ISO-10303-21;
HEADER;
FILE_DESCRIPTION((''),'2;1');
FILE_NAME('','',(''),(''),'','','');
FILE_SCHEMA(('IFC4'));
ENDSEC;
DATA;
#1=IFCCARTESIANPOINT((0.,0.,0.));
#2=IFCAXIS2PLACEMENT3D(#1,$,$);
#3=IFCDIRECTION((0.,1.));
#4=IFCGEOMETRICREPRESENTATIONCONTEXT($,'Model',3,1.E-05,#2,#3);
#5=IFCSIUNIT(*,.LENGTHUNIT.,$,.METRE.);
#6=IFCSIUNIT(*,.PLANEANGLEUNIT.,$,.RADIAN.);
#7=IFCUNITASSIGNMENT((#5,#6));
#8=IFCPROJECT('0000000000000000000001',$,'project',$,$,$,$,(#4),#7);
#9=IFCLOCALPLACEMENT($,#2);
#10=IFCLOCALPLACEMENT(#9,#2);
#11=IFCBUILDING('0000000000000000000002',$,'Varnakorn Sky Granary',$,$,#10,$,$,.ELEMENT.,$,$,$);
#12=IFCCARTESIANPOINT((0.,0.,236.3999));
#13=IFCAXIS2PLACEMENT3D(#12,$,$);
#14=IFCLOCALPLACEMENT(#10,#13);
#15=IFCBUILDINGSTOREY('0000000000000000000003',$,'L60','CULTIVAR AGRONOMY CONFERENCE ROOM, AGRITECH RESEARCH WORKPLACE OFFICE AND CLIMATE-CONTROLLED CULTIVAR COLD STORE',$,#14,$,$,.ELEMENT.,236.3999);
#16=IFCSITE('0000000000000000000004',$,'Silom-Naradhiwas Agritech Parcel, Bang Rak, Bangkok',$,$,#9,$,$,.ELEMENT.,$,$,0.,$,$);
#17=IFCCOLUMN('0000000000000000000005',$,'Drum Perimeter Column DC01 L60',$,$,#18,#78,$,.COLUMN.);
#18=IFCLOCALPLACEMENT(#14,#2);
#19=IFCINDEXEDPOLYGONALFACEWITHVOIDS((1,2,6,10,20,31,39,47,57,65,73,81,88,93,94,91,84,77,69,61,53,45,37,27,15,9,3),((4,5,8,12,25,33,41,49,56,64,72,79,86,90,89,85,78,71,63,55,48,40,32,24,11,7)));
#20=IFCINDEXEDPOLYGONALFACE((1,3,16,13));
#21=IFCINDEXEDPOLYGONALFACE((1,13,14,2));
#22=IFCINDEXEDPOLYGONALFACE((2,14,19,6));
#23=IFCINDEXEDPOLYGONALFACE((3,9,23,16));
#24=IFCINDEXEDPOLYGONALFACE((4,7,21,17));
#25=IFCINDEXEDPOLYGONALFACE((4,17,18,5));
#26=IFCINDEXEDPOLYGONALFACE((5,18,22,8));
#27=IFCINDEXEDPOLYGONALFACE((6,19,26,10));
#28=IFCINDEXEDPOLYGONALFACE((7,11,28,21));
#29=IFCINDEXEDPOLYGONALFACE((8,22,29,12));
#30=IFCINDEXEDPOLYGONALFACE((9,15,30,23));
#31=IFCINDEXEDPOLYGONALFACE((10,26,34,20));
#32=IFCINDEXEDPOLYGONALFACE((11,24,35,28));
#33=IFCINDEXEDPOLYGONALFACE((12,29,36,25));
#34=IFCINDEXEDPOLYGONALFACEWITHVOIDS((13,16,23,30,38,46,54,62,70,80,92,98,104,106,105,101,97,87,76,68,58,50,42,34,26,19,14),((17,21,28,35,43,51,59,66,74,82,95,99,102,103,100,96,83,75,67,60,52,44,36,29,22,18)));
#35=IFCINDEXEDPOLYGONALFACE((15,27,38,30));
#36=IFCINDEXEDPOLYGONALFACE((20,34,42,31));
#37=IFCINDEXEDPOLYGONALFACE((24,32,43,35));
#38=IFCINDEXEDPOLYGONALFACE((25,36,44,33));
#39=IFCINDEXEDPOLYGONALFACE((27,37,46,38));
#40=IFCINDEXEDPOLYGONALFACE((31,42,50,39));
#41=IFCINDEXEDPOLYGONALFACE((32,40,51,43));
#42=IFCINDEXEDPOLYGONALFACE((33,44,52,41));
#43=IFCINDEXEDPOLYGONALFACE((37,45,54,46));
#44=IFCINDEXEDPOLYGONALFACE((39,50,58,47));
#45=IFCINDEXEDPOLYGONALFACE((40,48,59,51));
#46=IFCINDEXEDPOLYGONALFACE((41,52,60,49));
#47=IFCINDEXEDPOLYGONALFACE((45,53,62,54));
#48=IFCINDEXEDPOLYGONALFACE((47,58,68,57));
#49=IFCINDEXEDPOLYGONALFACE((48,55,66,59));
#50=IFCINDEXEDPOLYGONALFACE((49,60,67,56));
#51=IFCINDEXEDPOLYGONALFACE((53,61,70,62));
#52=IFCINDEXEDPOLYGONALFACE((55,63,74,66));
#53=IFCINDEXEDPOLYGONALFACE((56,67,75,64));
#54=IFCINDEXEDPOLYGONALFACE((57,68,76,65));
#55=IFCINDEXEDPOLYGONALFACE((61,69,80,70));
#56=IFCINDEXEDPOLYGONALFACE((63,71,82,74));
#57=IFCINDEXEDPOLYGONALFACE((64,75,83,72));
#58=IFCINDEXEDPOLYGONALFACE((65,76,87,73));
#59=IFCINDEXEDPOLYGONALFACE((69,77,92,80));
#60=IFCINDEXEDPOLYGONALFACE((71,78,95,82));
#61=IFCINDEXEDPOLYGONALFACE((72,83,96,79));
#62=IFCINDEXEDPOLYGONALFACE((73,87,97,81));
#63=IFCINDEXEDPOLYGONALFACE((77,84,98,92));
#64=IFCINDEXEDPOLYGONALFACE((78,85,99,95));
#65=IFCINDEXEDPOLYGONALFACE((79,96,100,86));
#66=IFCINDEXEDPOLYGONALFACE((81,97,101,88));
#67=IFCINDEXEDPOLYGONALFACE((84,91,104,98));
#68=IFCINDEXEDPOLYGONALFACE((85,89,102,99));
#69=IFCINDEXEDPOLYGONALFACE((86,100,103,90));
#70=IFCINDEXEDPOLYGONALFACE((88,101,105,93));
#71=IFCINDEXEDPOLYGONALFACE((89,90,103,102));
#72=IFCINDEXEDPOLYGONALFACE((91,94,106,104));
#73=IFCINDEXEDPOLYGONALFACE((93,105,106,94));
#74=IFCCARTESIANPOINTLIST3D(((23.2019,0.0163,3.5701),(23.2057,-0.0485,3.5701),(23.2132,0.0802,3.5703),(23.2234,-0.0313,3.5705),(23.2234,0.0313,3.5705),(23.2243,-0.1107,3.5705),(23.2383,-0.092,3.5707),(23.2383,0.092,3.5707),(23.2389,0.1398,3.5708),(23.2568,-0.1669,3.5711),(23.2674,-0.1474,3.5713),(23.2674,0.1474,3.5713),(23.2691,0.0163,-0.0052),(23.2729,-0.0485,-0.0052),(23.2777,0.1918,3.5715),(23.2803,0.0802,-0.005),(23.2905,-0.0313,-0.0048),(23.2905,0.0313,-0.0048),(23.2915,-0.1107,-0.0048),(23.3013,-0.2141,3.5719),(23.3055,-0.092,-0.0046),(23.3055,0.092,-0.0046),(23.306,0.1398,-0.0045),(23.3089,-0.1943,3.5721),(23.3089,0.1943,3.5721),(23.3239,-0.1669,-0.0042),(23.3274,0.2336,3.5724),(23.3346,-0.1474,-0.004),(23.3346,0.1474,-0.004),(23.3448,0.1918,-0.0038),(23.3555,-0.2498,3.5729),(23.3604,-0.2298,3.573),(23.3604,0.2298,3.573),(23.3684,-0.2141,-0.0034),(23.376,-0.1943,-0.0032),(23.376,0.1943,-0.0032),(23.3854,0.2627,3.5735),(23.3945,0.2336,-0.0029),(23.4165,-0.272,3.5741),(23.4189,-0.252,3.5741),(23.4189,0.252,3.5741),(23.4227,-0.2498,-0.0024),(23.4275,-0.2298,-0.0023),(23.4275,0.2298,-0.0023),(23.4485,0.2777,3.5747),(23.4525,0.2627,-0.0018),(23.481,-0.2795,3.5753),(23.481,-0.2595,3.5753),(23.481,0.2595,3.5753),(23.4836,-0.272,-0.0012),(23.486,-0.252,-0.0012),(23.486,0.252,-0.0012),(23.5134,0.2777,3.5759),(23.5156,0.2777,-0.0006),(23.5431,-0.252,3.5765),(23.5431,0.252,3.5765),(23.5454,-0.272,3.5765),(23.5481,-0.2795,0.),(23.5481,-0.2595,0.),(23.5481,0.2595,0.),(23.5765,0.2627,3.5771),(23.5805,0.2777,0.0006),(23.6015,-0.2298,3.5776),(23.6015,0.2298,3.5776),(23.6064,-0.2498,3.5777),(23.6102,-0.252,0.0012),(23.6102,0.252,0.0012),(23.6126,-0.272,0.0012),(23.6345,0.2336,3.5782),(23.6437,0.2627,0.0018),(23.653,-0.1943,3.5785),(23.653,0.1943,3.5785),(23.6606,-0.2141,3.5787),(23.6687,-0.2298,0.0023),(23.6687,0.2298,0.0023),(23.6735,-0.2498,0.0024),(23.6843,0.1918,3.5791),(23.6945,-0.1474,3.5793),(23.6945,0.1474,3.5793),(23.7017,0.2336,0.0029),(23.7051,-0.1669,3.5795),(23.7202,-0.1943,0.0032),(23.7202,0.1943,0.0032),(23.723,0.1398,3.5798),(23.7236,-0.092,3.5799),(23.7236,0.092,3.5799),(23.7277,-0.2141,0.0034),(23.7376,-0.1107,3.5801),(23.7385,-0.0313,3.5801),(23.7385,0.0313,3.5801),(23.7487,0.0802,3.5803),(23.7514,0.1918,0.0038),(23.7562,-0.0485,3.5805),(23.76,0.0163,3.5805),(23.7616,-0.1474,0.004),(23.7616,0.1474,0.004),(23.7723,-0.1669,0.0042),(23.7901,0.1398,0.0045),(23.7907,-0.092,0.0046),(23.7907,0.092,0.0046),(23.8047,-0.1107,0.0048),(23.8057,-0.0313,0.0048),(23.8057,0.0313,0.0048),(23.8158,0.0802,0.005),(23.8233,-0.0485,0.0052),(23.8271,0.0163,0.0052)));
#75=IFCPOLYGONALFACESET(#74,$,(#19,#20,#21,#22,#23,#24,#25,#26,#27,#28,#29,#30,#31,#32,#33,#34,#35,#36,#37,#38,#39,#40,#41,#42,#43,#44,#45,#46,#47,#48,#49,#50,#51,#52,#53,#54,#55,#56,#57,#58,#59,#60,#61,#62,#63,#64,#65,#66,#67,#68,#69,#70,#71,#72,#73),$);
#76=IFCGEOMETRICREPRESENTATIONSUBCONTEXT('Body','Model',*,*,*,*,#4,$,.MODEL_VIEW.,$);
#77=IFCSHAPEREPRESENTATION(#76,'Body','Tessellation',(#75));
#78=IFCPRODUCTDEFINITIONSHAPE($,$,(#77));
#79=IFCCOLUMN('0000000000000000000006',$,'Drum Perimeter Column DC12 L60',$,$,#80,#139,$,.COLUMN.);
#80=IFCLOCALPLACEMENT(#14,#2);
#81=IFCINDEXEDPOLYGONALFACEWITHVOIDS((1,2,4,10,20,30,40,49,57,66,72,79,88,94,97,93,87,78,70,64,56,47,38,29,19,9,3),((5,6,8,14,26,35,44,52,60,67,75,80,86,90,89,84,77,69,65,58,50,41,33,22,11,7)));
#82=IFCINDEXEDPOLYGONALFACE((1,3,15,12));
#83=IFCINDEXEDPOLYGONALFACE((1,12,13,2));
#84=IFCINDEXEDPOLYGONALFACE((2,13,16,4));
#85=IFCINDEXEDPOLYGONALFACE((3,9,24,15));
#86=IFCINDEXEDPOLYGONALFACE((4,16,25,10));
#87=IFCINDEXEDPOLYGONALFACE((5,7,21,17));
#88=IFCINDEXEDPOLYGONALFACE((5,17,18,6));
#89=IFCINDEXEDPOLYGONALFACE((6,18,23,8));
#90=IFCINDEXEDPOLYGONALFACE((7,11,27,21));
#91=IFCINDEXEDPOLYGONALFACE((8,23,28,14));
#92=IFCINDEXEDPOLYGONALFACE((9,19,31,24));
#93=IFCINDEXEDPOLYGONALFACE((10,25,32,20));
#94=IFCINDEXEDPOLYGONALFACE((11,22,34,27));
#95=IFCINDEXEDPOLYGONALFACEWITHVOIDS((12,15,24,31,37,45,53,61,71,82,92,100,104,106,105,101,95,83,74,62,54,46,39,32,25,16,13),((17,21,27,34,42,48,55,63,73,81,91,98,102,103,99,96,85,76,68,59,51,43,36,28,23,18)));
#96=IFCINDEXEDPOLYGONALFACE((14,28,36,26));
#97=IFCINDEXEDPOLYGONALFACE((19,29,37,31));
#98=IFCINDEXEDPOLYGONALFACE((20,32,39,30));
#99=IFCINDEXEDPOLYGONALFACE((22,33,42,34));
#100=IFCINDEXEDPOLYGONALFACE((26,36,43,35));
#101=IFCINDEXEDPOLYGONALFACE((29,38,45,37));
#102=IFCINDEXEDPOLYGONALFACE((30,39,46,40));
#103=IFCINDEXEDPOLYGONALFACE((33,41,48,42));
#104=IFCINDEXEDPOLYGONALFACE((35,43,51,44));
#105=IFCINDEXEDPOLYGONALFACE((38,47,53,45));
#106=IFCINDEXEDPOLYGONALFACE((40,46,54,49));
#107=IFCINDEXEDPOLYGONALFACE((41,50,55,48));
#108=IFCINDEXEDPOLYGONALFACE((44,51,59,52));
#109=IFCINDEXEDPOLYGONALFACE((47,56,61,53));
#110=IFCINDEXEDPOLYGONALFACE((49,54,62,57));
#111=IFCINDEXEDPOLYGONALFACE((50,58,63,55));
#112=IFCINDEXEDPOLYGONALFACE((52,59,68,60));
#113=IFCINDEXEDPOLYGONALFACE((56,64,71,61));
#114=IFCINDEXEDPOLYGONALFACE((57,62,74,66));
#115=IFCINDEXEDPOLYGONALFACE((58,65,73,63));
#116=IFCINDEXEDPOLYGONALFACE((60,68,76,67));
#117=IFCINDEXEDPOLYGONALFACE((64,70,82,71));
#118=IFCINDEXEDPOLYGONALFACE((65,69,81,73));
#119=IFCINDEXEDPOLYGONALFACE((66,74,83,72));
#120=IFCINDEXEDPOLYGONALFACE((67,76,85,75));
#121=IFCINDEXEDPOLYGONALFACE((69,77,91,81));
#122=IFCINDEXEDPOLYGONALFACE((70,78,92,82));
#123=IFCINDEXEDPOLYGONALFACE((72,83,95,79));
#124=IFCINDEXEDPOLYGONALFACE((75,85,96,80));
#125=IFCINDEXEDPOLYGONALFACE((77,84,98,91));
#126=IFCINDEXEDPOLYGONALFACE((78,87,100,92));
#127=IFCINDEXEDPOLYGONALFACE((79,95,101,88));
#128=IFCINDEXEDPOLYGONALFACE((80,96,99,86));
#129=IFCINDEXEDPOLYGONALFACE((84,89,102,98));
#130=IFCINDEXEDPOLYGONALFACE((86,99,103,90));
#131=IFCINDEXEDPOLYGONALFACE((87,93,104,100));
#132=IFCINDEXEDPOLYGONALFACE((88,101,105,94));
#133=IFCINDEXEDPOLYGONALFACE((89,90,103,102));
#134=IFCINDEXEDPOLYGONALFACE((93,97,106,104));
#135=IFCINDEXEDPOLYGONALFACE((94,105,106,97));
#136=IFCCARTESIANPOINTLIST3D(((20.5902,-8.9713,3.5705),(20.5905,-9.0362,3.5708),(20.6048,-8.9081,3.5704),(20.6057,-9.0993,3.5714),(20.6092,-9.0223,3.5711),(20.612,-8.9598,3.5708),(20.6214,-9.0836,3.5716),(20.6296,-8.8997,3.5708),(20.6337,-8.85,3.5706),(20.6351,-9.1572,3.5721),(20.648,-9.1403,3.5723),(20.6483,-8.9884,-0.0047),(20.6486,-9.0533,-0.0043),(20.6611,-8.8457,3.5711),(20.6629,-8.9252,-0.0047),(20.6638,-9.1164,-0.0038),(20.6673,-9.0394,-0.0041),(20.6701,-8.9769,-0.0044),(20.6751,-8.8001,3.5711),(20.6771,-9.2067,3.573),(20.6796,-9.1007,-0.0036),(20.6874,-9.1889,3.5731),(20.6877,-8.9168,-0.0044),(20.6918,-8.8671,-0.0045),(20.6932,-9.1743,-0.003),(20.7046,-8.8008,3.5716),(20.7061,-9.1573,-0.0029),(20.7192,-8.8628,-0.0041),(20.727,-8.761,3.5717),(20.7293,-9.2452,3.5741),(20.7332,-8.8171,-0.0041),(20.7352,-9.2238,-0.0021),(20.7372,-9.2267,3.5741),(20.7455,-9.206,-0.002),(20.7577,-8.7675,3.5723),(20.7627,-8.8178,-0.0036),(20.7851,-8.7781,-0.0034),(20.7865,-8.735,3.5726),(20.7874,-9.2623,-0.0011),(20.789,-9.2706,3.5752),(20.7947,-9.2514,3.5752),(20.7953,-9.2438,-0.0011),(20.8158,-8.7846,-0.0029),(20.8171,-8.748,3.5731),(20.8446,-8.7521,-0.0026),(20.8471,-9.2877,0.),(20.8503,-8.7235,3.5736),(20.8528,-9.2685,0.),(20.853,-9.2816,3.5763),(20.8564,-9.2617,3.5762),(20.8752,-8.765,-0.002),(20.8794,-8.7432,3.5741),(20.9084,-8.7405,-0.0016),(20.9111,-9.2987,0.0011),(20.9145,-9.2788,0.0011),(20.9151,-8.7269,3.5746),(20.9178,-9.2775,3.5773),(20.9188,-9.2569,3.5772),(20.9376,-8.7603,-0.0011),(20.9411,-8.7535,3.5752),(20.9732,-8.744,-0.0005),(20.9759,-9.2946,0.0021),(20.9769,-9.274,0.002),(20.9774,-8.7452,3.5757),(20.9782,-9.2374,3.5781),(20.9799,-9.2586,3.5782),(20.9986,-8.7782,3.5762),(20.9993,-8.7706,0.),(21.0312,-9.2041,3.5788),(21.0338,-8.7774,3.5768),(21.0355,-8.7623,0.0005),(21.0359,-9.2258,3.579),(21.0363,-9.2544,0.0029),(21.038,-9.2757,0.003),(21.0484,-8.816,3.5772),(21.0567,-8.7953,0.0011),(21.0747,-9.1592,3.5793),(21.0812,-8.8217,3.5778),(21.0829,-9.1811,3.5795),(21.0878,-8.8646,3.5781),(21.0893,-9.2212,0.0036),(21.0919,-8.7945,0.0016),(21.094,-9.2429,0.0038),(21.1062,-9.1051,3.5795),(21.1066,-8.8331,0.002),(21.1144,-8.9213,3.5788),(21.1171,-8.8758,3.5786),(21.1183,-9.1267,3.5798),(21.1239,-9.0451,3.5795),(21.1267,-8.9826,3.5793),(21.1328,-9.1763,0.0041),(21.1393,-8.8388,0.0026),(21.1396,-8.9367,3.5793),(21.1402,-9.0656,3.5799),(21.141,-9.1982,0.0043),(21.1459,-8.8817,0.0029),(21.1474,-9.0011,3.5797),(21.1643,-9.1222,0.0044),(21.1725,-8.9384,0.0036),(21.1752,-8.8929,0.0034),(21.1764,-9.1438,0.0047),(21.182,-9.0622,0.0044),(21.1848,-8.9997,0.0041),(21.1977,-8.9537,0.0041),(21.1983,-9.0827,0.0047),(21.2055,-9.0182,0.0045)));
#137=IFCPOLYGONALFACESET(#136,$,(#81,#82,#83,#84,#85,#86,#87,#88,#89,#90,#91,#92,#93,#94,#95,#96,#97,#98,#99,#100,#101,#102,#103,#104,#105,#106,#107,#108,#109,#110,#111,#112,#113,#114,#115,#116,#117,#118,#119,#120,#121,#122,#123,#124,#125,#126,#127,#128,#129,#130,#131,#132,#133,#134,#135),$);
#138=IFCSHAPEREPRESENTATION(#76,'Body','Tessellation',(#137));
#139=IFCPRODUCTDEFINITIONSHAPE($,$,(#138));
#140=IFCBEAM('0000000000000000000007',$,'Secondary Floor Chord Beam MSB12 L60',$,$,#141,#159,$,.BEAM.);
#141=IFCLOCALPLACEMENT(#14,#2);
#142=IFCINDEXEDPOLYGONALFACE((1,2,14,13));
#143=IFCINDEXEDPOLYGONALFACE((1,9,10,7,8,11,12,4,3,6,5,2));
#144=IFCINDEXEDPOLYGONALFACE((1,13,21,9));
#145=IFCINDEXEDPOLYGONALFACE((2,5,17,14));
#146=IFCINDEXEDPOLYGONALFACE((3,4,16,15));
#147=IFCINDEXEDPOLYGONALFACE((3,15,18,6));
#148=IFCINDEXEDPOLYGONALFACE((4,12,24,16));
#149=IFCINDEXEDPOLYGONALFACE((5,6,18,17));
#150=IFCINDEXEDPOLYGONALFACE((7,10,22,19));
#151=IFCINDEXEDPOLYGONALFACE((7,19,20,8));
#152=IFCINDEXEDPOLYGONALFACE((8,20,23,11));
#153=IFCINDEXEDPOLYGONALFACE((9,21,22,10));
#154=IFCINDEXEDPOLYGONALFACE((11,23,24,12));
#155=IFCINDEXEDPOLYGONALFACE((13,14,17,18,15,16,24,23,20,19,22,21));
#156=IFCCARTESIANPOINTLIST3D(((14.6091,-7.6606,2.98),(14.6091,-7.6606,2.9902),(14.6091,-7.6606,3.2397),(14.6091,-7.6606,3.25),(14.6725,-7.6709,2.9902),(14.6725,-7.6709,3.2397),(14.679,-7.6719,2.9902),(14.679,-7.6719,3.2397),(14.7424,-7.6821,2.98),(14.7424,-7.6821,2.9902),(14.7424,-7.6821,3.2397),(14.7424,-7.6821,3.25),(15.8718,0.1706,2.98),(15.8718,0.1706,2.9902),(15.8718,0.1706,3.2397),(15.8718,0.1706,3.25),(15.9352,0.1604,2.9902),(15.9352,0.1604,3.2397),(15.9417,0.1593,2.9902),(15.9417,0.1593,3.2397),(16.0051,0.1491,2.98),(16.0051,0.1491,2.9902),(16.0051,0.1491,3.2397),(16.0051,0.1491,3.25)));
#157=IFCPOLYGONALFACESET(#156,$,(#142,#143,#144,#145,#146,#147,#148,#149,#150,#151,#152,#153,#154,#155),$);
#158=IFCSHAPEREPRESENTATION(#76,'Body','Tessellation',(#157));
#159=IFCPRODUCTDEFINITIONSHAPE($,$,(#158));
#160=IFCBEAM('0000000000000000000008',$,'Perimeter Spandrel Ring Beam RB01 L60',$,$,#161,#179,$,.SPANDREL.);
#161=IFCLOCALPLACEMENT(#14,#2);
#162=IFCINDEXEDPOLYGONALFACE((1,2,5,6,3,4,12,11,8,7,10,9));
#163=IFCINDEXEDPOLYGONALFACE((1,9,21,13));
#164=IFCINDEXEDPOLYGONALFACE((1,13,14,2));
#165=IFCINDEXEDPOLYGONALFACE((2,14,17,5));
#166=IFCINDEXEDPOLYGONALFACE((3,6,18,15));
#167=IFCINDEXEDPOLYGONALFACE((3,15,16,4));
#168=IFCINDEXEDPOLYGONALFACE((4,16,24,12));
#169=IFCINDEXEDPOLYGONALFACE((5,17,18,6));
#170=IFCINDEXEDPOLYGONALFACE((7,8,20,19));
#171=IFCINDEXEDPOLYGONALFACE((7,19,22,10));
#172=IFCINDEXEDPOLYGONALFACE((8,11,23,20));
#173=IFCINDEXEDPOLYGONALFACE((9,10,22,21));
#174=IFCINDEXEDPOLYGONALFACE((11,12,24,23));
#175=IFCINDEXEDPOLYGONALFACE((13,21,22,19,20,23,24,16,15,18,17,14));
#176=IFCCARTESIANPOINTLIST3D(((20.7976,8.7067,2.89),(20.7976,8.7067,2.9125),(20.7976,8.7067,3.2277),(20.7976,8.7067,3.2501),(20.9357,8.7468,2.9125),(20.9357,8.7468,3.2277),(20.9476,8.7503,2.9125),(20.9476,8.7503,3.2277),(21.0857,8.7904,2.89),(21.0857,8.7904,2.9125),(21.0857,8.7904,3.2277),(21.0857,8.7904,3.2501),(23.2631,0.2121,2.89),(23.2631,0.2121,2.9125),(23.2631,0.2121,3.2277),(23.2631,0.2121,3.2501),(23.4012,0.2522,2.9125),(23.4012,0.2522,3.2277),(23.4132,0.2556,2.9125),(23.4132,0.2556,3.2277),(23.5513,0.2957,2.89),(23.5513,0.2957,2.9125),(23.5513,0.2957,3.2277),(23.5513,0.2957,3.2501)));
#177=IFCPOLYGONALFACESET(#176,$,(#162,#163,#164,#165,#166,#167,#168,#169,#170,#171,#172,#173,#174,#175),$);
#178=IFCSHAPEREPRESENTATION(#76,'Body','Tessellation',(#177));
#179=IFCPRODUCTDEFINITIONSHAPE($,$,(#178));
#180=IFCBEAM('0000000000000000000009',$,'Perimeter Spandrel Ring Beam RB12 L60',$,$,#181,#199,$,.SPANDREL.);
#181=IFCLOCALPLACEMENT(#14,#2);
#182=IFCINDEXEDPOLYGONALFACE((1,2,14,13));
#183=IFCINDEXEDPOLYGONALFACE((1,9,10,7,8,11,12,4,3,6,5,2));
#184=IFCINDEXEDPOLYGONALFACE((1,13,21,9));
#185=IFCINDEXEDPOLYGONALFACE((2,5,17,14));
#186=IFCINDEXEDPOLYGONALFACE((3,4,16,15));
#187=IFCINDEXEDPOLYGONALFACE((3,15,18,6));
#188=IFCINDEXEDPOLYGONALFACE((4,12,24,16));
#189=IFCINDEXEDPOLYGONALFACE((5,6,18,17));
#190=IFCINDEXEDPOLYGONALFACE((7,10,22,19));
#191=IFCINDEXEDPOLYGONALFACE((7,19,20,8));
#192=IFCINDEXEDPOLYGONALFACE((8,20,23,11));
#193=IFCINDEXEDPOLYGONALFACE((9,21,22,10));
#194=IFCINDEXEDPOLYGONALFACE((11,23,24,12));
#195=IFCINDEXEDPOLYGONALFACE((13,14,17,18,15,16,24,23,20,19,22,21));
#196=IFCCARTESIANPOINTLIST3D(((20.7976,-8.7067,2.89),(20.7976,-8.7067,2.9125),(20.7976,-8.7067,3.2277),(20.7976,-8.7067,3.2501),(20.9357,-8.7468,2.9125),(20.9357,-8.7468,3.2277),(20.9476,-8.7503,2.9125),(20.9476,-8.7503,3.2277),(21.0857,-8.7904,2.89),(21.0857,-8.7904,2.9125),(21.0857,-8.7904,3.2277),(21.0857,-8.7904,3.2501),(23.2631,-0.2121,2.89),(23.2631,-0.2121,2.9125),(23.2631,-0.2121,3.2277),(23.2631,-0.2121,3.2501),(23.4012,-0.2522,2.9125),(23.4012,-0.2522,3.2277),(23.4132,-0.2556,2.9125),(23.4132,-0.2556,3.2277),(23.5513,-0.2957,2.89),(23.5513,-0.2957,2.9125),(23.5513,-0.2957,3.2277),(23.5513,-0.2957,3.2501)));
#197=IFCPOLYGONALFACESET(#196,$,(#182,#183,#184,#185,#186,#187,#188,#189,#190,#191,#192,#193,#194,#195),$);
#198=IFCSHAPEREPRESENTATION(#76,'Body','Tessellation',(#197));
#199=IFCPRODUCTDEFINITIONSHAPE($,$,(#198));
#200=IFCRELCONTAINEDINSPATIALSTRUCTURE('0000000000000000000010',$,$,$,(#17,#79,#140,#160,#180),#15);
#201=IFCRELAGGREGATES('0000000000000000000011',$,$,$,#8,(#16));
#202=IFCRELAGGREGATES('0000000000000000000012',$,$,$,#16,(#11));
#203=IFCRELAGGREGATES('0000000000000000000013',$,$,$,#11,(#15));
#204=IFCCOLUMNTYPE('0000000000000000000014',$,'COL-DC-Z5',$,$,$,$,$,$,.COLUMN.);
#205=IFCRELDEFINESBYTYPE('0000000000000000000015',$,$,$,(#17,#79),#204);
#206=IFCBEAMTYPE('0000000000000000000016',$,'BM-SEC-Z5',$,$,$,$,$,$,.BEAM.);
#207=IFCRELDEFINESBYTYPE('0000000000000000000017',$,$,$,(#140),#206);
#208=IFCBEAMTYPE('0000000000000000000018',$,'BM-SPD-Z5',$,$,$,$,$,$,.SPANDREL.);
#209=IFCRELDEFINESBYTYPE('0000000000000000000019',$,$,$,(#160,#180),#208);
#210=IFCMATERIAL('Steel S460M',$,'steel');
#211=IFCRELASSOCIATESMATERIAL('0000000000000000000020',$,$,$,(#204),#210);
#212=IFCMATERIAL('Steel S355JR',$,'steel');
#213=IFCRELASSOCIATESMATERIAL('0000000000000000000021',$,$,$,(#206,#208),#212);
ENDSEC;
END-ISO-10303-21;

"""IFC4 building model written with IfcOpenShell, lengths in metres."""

from ifc_helpers import new_model, si_unit, direction, frame, origin, origin_2d, place, context, subcontext, project, spatial, hollow_circle, i_section, extrude, material, material_profile, profile_set, type_object, element, save


model = new_model("IFC4")

# Units and contexts
model_context = context("Model", 3, precision=1e-05, world=origin(), true_north=direction((0.0, 1.0)))
body_context = subcontext(model_context, "Body", "Model", "MODEL_VIEW")
ifc_project = project(units=[si_unit("LENGTHUNIT", "METRE"), si_unit("PLANEANGLEUNIT", "RADIAN")], contexts=[model_context])

# Site, building, storey
site_placement = place(None, origin())
site = spatial("IfcSite", under=ifc_project, at=site_placement, Name="Silom-Naradhiwas Agritech Parcel, Bang Rak, Bangkok", CompositionType="ELEMENT", RefElevation=0.0)
building_placement = place(site_placement, origin())
building = spatial("IfcBuilding", under=site, at=building_placement, Name="Varnakorn Sky Granary", CompositionType="ELEMENT")
storey_placement = place(building_placement, frame((0.0, 0.0, 236.3999)))
storey = spatial("IfcBuildingStorey", under=building, at=storey_placement, Name="L60", Description="CULTIVAR AGRONOMY CONFERENCE ROOM, AGRITECH RESEARCH WORKPLACE OFFICE AND CLIMATE-CONTROLLED CULTIVAR COLD STORE", CompositionType="ELEMENT", Elevation=236.3999)

# Columns
ifc_material_1 = material(Name="Steel S460M", Category="steel")
ifc_material_profile_1 = material_profile(ifc_material_1, hollow_circle(Radius=0.2795, WallThickness=0.02, at=origin_2d()), Name="CHS 559x20")
ifc_profile_set_1 = profile_set([ifc_material_profile_1], Name="Steel S460M")
column_type = type_object("IfcColumnType", Name="COL-DC-Z5", PredefinedType="COLUMN", material=ifc_profile_set_1)
column_1_placement = place(storey_placement, frame((23.5481, 0.0, 0.0), z_axis=(-0.018776, 0.0, 0.999824), x_axis=(0.0, -1.0, 0.0)))
element("IfcColumn", 1, at=column_1_placement, inside=storey, type_object=column_type, Name="Drum Perimeter Column DC01 L60", PredefinedType="COLUMN", context=body_context, shape_type="SweptSolid", body=[
    extrude(hollow_circle(Radius=0.2795, WallThickness=0.02, at=origin_2d()), origin(), (0.0, 0.0, 1.0), 3.5759),
])
column_2_placement = place(storey_placement, frame((20.926, -9.0195, 0.0), z_axis=(-0.01625, 0.004779, 0.999857), x_axis=(-0.282166, -0.959366, 0.0)))
element("IfcColumn", 2, at=column_2_placement, inside=storey, type_object=column_type, Name="Drum Perimeter Column DC12 L60", PredefinedType="COLUMN", context=body_context, shape_type="SweptSolid", body=[
    extrude(hollow_circle(Radius=0.2795, WallThickness=0.02, at=origin_2d()), origin(), (0.0, 0.0, 1.0), 3.5757),
])

# Beams
ifc_material_2 = material(Name="Steel S355JR", Category="steel")
ifc_material_profile_2 = material_profile(ifc_material_2, i_section(OverallWidth=0.135, OverallDepth=0.27, WebThickness=0.0066, FlangeThickness=0.0103, at=origin_2d()), Name="IPE 270")
ifc_profile_set_2 = profile_set([ifc_material_profile_2], Name="Steel S355JR")
beam_type_1 = type_object("IfcBeamType", Name="BM-SEC-Z5", PredefinedType="BEAM", material=ifc_profile_set_2)
beam_placement = place(storey_placement, frame((14.6758, -7.6714, 3.115), z_axis=(0.159181, 0.987249, 0.0), x_axis=(-0.987249, 0.159181, 0.0)))
element("IfcBeam", 3, at=beam_placement, inside=storey, type_object=beam_type_1, Name="Secondary Floor Chord Beam MSB12 L60", PredefinedType="BEAM", context=body_context, shape_type="SweptSolid", body=[
    extrude(i_section(OverallWidth=0.135, OverallDepth=0.27, WebThickness=0.0066, FlangeThickness=0.0103, at=origin_2d()), origin(), (0.0, 0.0, 1.0), 7.9324),
])
ifc_material_profile_3 = material_profile(ifc_material_2, i_section(OverallWidth=0.3, OverallDepth=0.3601, WebThickness=0.0125, FlangeThickness=0.0225, at=origin_2d()), Name="HE 360 B")
ifc_profile_set_3 = profile_set([ifc_material_profile_3], Name="Steel S355JR")
beam_type_2 = type_object("IfcBeamType", Name="BM-SPD-Z5", PredefinedType="SPANDREL", material=ifc_profile_set_3)
for number, where, z_axis, x_axis, name in (
    (4, (23.4072, 0.2539, 3.0701), (-0.278747, 0.960365, 0.0), (-0.960365, -0.278747, 0.0), "Perimeter Spandrel Ring Beam RB01 L60"),
    (5, (20.9417, -8.7485, 3.0701), (0.278747, 0.960365, 0.0), (-0.960365, 0.278747, 0.0), "Perimeter Spandrel Ring Beam RB12 L60"),
):
    element("IfcBeam", number, at=place(storey_placement, frame(where, z_axis=z_axis, x_axis=x_axis)), inside=storey, type_object=beam_type_2, Name=name, PredefinedType="SPANDREL", context=body_context, shape_type="SweptSolid", body=[
        extrude(i_section(OverallWidth=0.3, OverallDepth=0.3601, WebThickness=0.0125, FlangeThickness=0.0225, at=origin_2d()), origin(), (0.0, 0.0, 1.0), 8.8452),
    ])

save(model, "model.ifc")
